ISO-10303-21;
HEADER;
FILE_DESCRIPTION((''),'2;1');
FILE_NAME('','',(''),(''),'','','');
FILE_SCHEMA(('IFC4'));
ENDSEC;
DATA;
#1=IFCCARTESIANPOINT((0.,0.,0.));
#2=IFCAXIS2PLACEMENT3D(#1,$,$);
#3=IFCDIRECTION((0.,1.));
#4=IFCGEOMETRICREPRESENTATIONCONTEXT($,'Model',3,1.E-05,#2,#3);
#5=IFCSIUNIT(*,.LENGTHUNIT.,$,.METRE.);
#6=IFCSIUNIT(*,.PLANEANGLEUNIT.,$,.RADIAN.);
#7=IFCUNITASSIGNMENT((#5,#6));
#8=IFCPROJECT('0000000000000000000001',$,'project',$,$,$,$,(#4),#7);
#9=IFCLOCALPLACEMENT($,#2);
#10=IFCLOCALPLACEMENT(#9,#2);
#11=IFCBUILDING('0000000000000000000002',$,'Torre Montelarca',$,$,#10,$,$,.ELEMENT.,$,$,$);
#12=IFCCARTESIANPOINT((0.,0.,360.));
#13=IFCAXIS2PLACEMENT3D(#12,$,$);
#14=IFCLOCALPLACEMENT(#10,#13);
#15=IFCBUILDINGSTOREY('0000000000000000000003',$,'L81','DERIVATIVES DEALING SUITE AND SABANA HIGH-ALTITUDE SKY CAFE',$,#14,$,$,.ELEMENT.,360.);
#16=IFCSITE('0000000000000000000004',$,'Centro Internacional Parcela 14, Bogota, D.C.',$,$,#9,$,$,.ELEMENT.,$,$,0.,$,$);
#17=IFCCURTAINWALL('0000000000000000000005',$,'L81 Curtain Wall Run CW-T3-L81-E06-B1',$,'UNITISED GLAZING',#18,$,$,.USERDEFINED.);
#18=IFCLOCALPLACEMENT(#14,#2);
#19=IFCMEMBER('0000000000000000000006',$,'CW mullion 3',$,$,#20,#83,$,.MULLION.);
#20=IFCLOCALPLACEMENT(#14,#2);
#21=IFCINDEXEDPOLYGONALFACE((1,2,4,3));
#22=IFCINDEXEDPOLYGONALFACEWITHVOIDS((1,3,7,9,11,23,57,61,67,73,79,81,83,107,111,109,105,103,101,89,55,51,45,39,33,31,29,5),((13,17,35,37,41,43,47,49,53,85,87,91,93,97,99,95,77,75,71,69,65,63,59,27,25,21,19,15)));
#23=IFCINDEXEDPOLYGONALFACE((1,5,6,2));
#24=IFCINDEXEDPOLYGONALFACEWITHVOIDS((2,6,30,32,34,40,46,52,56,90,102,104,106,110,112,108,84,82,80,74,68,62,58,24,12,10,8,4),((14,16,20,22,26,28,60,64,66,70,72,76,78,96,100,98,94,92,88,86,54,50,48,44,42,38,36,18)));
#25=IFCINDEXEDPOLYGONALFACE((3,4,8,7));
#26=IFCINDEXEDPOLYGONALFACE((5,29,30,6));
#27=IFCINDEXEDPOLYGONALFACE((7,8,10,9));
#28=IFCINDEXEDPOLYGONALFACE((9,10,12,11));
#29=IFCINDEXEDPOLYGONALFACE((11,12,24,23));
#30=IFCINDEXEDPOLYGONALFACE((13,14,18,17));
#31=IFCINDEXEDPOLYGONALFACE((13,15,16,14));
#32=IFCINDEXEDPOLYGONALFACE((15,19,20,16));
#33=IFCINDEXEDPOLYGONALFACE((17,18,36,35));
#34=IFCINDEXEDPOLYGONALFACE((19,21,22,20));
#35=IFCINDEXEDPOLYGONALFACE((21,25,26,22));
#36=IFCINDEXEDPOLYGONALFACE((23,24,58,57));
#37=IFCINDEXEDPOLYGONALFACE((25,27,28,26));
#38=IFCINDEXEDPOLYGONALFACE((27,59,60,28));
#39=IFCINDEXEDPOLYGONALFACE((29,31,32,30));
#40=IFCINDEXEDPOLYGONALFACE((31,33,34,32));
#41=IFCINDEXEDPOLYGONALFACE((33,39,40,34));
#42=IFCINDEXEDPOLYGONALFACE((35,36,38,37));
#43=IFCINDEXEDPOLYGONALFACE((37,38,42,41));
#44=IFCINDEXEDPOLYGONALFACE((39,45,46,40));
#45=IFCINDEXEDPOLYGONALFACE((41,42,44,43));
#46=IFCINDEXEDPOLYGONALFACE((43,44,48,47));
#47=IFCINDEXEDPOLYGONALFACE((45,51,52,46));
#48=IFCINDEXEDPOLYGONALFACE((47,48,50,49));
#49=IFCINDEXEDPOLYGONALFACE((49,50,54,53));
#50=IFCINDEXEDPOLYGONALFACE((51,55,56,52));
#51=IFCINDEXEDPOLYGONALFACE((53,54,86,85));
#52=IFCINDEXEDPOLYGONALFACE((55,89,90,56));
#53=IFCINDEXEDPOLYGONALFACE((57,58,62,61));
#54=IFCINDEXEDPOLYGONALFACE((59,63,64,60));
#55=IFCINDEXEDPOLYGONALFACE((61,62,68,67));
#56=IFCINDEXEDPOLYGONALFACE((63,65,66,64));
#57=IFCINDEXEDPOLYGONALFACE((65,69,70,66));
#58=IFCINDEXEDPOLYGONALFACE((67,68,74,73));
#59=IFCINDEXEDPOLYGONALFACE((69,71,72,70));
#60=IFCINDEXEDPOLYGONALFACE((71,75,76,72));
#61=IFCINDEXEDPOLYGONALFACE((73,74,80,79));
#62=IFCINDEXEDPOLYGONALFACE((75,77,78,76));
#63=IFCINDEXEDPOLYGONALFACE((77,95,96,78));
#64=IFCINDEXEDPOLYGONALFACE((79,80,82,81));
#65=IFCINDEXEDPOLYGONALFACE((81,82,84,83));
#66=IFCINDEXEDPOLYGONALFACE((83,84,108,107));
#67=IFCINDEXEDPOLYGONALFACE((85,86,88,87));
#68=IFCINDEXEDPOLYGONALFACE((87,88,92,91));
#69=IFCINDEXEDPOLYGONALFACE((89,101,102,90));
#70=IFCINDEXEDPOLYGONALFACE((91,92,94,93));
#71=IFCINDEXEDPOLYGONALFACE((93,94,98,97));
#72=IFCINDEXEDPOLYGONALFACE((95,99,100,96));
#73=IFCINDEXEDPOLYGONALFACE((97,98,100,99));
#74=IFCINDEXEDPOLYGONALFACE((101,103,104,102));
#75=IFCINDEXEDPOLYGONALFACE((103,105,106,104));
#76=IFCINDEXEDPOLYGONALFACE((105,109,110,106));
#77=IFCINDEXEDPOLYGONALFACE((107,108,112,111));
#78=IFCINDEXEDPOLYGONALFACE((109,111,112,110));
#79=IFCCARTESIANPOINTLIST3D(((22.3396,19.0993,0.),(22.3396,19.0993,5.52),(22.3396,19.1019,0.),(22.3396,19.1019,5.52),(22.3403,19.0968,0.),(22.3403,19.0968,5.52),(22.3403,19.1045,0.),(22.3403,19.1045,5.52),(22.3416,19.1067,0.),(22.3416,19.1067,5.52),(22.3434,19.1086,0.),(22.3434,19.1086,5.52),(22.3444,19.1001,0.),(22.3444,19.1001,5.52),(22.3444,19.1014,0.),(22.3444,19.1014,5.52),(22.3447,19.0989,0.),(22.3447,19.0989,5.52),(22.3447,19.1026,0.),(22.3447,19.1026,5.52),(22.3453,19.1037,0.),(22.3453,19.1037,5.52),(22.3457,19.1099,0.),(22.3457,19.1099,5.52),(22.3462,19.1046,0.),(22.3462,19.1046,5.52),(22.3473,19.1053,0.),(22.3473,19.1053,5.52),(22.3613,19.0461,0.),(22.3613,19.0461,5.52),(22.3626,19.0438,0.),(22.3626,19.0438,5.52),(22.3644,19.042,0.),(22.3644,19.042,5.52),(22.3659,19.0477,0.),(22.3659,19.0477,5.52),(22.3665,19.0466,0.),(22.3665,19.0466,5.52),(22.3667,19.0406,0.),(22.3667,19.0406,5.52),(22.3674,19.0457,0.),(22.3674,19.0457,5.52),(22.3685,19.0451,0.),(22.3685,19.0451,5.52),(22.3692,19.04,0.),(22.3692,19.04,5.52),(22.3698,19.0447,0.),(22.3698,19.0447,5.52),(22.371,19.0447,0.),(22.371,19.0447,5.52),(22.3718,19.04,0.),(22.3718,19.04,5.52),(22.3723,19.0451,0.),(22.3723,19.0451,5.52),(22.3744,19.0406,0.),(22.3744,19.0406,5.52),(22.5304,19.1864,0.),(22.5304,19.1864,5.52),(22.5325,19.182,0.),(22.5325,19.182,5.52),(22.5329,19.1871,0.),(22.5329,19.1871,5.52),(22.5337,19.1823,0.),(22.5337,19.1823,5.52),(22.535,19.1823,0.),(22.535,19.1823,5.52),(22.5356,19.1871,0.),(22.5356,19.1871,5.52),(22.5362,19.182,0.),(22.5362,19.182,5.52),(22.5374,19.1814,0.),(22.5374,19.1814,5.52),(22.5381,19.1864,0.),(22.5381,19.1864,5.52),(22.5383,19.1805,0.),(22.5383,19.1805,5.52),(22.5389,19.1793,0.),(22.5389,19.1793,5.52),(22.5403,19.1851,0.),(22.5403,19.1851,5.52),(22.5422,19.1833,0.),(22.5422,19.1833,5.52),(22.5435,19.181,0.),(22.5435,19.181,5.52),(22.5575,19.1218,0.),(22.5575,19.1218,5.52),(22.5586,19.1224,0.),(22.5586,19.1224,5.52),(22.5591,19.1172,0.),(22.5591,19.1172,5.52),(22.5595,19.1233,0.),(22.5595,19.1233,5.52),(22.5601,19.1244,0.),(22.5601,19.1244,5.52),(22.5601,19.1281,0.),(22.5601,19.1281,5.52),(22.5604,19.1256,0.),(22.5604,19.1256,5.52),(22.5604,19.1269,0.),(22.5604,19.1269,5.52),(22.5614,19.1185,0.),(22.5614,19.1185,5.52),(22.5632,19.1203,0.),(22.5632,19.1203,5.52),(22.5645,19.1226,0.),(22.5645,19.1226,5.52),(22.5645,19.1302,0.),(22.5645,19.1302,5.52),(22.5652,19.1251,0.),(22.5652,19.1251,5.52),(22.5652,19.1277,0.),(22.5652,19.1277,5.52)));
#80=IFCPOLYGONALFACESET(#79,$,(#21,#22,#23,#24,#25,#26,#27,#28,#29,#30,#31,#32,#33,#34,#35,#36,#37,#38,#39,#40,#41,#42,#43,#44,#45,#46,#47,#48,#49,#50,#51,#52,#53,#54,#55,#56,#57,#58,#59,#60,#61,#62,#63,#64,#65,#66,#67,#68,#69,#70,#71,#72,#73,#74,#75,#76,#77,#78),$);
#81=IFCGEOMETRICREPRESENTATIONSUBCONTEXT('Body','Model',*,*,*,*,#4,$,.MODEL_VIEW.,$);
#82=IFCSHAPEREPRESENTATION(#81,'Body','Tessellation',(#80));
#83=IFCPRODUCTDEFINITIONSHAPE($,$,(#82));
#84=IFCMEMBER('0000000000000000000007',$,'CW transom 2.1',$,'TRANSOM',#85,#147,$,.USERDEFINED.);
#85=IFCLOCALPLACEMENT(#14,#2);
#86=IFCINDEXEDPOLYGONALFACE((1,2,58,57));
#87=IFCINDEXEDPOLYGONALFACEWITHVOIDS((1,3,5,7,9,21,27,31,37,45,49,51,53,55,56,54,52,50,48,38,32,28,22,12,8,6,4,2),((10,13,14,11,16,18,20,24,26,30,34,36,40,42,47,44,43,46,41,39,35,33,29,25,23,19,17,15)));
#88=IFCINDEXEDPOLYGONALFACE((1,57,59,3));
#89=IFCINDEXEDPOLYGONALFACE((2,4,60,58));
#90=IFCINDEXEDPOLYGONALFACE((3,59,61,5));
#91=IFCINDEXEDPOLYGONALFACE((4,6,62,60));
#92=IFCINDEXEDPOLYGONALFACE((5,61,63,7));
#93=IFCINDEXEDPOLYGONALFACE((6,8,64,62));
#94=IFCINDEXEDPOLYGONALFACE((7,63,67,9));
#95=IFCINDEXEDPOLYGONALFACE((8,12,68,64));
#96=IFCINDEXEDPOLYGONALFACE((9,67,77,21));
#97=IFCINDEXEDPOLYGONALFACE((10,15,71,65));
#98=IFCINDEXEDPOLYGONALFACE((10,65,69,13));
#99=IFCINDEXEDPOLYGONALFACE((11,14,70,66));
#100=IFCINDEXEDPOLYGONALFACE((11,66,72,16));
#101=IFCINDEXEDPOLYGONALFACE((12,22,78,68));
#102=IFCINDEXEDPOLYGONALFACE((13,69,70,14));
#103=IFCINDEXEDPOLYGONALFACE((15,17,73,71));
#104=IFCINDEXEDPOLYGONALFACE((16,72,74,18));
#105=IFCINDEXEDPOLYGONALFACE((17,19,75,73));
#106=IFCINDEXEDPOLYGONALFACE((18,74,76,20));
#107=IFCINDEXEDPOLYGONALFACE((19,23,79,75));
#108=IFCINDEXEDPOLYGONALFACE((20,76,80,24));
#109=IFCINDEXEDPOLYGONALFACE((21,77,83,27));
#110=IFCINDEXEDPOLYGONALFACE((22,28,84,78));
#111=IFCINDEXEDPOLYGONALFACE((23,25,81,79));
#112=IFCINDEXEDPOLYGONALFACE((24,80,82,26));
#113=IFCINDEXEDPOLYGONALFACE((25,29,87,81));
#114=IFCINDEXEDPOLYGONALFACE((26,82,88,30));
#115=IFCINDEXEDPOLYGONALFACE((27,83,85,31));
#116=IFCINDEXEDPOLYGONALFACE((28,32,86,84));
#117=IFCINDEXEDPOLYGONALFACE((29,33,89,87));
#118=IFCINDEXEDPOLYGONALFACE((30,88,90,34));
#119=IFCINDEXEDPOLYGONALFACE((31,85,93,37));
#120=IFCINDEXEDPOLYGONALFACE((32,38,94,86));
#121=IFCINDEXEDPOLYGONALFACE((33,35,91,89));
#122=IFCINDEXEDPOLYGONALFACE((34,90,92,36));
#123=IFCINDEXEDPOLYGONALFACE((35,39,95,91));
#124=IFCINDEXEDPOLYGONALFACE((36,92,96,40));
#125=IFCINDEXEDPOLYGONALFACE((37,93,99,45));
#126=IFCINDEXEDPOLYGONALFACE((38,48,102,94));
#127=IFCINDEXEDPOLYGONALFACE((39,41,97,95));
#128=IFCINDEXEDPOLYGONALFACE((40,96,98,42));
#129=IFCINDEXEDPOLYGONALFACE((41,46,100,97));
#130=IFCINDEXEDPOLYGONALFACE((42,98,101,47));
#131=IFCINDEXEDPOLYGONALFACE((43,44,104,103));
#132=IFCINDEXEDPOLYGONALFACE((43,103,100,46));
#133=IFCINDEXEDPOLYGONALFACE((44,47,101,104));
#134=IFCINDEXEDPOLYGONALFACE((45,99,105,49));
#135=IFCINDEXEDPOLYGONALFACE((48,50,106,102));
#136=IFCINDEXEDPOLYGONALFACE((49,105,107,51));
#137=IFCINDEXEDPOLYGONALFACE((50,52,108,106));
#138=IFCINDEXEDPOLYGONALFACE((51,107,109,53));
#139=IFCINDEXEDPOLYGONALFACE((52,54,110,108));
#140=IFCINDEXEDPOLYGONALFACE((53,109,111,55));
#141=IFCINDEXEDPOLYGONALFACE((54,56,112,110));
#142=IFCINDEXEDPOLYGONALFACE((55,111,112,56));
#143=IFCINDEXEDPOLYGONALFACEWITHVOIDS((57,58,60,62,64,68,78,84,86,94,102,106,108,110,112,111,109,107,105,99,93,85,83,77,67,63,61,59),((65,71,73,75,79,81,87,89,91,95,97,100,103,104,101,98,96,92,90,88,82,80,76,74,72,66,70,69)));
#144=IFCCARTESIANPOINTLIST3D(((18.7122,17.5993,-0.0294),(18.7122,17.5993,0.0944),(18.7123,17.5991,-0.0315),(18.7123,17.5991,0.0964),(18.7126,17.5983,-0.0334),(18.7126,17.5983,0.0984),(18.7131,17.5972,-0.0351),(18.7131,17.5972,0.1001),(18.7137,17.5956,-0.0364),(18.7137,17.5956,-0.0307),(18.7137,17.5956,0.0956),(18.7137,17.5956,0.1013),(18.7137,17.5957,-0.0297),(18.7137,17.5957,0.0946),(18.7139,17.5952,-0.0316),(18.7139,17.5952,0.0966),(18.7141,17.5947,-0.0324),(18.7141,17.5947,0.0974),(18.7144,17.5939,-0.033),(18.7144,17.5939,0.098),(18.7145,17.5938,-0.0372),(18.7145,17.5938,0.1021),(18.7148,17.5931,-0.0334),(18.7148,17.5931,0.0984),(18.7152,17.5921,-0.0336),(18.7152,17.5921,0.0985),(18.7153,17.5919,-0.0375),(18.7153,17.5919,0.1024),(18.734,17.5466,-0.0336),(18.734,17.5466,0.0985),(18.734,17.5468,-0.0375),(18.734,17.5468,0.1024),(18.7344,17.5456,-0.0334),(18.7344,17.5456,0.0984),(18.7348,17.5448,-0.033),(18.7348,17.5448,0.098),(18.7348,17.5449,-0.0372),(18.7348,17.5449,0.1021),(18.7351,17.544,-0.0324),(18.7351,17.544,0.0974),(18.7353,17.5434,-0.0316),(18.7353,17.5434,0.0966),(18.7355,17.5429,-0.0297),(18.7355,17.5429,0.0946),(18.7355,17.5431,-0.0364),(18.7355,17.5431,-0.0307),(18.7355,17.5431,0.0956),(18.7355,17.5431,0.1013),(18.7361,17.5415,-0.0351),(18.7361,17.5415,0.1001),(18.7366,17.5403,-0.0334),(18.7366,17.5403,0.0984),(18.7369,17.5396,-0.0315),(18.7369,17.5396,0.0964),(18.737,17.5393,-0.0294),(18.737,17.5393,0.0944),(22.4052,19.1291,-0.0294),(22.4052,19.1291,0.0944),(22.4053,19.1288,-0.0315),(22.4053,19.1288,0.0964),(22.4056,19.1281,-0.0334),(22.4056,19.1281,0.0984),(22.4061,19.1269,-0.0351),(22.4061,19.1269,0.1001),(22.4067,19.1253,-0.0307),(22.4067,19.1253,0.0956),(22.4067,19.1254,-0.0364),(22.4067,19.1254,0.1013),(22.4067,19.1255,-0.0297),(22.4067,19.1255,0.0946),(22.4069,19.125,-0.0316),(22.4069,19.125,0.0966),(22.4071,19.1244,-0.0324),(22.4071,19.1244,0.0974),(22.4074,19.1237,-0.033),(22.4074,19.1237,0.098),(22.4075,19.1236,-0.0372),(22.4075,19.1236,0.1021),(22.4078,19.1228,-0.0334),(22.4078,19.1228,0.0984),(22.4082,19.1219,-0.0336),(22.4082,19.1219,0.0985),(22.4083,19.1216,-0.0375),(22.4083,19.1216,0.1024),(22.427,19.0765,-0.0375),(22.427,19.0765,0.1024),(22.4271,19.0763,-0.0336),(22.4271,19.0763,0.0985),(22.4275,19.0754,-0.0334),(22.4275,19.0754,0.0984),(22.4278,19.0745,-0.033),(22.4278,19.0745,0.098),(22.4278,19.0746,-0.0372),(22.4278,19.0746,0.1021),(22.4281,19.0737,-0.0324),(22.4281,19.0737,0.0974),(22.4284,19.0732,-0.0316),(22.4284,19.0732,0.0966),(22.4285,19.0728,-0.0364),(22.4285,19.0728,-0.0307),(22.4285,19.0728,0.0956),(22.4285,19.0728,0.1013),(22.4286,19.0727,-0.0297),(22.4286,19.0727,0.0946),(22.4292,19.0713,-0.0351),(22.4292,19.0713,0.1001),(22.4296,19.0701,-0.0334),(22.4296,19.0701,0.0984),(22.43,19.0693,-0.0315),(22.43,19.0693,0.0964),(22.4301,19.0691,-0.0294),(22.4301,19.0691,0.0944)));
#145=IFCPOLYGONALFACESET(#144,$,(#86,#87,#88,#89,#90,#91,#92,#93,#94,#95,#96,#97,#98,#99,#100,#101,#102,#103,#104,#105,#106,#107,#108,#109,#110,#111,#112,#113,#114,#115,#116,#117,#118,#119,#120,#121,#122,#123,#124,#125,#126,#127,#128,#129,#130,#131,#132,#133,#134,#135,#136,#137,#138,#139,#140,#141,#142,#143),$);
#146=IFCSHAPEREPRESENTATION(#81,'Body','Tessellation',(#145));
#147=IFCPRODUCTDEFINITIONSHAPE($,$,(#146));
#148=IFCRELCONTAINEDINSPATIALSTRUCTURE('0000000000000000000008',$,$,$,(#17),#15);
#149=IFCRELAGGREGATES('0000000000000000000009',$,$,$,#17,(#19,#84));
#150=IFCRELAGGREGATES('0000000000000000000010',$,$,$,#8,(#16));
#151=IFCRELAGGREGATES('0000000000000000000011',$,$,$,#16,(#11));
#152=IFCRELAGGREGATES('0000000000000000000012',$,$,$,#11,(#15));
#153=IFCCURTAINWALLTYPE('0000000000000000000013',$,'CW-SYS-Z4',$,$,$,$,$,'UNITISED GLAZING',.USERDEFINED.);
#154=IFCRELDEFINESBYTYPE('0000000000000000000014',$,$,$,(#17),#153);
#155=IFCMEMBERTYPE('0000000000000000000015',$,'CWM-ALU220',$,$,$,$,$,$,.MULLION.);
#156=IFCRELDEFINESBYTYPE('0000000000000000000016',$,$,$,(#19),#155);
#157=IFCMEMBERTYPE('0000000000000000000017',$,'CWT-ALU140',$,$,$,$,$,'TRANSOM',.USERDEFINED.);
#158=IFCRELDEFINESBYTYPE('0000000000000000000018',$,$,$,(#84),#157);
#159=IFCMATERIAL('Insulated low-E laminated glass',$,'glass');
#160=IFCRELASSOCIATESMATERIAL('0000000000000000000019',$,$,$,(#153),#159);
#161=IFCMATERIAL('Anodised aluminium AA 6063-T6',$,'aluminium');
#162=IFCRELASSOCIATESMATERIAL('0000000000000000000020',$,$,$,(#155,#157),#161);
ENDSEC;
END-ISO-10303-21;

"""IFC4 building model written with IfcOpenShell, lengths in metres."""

from ifc_helpers import new_model, si_unit, direction, frame, origin, origin_2d, place, context, subcontext, project, spatial, hollow_rectangle, extrude, source, transform, mapped, material, material_profile, profile_set, type_object, element, aggregate, save


model = new_model("IFC4")

# Units and contexts
model_context = context("Model", 3, precision=1e-05, world=origin(), true_north=direction((0.0, 1.0)))
body_context = subcontext(model_context, "Body", "Model", "MODEL_VIEW")
ifc_project = project(units=[si_unit("LENGTHUNIT", "METRE"), si_unit("PLANEANGLEUNIT", "RADIAN")], contexts=[model_context])

# Site, building, storey
site_placement = place(None, origin())
site = spatial("IfcSite", under=ifc_project, at=site_placement, Name="Centro Internacional Parcela 14, Bogota, D.C.", CompositionType="ELEMENT", RefElevation=0.0)
building_placement = place(site_placement, origin())
building = spatial("IfcBuilding", under=site, at=building_placement, Name="Torre Montelarca", CompositionType="ELEMENT")
storey_placement = place(building_placement, frame((0.0, 0.0, 360.0)))
storey = spatial("IfcBuildingStorey", under=building, at=storey_placement, Name="L81", Description="DERIVATIVES DEALING SUITE AND SABANA HIGH-ALTITUDE SKY CAFE", CompositionType="ELEMENT", Elevation=360.0)

# Curtain wall, members
ifc_material_1 = material(Name="Insulated low-E laminated glass", Category="glass")
curtain_wall_type = type_object("IfcCurtainWallType", Name="CW-SYS-Z4", ElementType="UNITISED GLAZING", PredefinedType="USERDEFINED", material=ifc_material_1)
curtain_wall_placement = place(storey_placement, origin())
curtain_wall = element("IfcCurtainWall", 1, at=curtain_wall_placement, inside=storey, type_object=curtain_wall_type, Name="L81 Curtain Wall Run CW-T3-L81-E06-B1", ObjectType="UNITISED GLAZING", PredefinedType="USERDEFINED")
ifc_material_2 = material(Name="Anodised aluminium AA 6063-T6", Category="aluminium")
ifc_material_profile_1 = material_profile(ifc_material_2, hollow_rectangle(XDim=0.075, YDim=0.22, WallThickness=0.0049, InnerFilletRadius=0.0049, OuterFilletRadius=0.01, at=origin_2d()), Name="ALU75X220X5", Category="aluminium")
ifc_profile_set_1 = profile_set([ifc_material_profile_1], Name="Anodised aluminium AA 6063-T6")
member_type_1 = type_object("IfcMemberType", Name="CWM-ALU220", PredefinedType="MULLION", material=ifc_profile_set_1)
shared_shape_1 = source(origin(), body_context, "Body", "SweptSolid", [
    extrude(hollow_rectangle(XDim=0.075, YDim=0.22, WallThickness=0.0049, InnerFilletRadius=0.0049, OuterFilletRadius=0.01, at=origin_2d()), origin(), (0.0, 0.0, 1.0), 5.52),
])
member_1_placement = place(storey_placement, frame((22.4524, 19.1135, 0.0), z_axis=(0.0, 0.0, 1.0), x_axis=(-0.382677, 0.923882, 0.0)))
member_1 = element("IfcMember", 2, at=member_1_placement, type_object=member_type_1, Name="CW mullion 3", PredefinedType="MULLION", context=body_context, shape_type="MappedRepresentation", body=[
    mapped(shared_shape_1, transform((0.0, 0.0, 0.0), scale=1.0)),
])
ifc_material_profile_2 = material_profile(ifc_material_2, hollow_rectangle(XDim=0.0649, YDim=0.1399, WallThickness=0.0039, InnerFilletRadius=0.0039, OuterFilletRadius=0.0081, at=origin_2d()), Name="ALU65X140X4", Category="aluminium")
ifc_profile_set_2 = profile_set([ifc_material_profile_2], Name="Anodised aluminium AA 6063-T6")
member_type_2 = type_object("IfcMemberType", Name="CWT-ALU140", ElementType="TRANSOM", PredefinedType="USERDEFINED", material=ifc_profile_set_2)
shared_shape_2 = source(origin(), body_context, "Body", "SweptSolid", [
    extrude(hollow_rectangle(XDim=0.0649, YDim=0.1399, WallThickness=0.0039, InnerFilletRadius=0.0039, OuterFilletRadius=0.0081, at=origin_2d()), origin(), (0.0, 0.0, 1.0), 3.9973),
])
member_2_placement = place(storey_placement, frame((18.7246, 17.5693, 0.0325), z_axis=(0.923875, 0.382693, 0.0), x_axis=(-0.382693, 0.923875, 0.0)))
member_2 = element("IfcMember", 3, at=member_2_placement, type_object=member_type_2, Name="CW transom 2.1", ObjectType="TRANSOM", PredefinedType="USERDEFINED", context=body_context, shape_type="MappedRepresentation", body=[
    mapped(shared_shape_2, transform((0.0, 0.0, 0.0), scale=1.0)),
])
aggregate(curtain_wall, [member_1, member_2])

save(model, "model.ifc")
